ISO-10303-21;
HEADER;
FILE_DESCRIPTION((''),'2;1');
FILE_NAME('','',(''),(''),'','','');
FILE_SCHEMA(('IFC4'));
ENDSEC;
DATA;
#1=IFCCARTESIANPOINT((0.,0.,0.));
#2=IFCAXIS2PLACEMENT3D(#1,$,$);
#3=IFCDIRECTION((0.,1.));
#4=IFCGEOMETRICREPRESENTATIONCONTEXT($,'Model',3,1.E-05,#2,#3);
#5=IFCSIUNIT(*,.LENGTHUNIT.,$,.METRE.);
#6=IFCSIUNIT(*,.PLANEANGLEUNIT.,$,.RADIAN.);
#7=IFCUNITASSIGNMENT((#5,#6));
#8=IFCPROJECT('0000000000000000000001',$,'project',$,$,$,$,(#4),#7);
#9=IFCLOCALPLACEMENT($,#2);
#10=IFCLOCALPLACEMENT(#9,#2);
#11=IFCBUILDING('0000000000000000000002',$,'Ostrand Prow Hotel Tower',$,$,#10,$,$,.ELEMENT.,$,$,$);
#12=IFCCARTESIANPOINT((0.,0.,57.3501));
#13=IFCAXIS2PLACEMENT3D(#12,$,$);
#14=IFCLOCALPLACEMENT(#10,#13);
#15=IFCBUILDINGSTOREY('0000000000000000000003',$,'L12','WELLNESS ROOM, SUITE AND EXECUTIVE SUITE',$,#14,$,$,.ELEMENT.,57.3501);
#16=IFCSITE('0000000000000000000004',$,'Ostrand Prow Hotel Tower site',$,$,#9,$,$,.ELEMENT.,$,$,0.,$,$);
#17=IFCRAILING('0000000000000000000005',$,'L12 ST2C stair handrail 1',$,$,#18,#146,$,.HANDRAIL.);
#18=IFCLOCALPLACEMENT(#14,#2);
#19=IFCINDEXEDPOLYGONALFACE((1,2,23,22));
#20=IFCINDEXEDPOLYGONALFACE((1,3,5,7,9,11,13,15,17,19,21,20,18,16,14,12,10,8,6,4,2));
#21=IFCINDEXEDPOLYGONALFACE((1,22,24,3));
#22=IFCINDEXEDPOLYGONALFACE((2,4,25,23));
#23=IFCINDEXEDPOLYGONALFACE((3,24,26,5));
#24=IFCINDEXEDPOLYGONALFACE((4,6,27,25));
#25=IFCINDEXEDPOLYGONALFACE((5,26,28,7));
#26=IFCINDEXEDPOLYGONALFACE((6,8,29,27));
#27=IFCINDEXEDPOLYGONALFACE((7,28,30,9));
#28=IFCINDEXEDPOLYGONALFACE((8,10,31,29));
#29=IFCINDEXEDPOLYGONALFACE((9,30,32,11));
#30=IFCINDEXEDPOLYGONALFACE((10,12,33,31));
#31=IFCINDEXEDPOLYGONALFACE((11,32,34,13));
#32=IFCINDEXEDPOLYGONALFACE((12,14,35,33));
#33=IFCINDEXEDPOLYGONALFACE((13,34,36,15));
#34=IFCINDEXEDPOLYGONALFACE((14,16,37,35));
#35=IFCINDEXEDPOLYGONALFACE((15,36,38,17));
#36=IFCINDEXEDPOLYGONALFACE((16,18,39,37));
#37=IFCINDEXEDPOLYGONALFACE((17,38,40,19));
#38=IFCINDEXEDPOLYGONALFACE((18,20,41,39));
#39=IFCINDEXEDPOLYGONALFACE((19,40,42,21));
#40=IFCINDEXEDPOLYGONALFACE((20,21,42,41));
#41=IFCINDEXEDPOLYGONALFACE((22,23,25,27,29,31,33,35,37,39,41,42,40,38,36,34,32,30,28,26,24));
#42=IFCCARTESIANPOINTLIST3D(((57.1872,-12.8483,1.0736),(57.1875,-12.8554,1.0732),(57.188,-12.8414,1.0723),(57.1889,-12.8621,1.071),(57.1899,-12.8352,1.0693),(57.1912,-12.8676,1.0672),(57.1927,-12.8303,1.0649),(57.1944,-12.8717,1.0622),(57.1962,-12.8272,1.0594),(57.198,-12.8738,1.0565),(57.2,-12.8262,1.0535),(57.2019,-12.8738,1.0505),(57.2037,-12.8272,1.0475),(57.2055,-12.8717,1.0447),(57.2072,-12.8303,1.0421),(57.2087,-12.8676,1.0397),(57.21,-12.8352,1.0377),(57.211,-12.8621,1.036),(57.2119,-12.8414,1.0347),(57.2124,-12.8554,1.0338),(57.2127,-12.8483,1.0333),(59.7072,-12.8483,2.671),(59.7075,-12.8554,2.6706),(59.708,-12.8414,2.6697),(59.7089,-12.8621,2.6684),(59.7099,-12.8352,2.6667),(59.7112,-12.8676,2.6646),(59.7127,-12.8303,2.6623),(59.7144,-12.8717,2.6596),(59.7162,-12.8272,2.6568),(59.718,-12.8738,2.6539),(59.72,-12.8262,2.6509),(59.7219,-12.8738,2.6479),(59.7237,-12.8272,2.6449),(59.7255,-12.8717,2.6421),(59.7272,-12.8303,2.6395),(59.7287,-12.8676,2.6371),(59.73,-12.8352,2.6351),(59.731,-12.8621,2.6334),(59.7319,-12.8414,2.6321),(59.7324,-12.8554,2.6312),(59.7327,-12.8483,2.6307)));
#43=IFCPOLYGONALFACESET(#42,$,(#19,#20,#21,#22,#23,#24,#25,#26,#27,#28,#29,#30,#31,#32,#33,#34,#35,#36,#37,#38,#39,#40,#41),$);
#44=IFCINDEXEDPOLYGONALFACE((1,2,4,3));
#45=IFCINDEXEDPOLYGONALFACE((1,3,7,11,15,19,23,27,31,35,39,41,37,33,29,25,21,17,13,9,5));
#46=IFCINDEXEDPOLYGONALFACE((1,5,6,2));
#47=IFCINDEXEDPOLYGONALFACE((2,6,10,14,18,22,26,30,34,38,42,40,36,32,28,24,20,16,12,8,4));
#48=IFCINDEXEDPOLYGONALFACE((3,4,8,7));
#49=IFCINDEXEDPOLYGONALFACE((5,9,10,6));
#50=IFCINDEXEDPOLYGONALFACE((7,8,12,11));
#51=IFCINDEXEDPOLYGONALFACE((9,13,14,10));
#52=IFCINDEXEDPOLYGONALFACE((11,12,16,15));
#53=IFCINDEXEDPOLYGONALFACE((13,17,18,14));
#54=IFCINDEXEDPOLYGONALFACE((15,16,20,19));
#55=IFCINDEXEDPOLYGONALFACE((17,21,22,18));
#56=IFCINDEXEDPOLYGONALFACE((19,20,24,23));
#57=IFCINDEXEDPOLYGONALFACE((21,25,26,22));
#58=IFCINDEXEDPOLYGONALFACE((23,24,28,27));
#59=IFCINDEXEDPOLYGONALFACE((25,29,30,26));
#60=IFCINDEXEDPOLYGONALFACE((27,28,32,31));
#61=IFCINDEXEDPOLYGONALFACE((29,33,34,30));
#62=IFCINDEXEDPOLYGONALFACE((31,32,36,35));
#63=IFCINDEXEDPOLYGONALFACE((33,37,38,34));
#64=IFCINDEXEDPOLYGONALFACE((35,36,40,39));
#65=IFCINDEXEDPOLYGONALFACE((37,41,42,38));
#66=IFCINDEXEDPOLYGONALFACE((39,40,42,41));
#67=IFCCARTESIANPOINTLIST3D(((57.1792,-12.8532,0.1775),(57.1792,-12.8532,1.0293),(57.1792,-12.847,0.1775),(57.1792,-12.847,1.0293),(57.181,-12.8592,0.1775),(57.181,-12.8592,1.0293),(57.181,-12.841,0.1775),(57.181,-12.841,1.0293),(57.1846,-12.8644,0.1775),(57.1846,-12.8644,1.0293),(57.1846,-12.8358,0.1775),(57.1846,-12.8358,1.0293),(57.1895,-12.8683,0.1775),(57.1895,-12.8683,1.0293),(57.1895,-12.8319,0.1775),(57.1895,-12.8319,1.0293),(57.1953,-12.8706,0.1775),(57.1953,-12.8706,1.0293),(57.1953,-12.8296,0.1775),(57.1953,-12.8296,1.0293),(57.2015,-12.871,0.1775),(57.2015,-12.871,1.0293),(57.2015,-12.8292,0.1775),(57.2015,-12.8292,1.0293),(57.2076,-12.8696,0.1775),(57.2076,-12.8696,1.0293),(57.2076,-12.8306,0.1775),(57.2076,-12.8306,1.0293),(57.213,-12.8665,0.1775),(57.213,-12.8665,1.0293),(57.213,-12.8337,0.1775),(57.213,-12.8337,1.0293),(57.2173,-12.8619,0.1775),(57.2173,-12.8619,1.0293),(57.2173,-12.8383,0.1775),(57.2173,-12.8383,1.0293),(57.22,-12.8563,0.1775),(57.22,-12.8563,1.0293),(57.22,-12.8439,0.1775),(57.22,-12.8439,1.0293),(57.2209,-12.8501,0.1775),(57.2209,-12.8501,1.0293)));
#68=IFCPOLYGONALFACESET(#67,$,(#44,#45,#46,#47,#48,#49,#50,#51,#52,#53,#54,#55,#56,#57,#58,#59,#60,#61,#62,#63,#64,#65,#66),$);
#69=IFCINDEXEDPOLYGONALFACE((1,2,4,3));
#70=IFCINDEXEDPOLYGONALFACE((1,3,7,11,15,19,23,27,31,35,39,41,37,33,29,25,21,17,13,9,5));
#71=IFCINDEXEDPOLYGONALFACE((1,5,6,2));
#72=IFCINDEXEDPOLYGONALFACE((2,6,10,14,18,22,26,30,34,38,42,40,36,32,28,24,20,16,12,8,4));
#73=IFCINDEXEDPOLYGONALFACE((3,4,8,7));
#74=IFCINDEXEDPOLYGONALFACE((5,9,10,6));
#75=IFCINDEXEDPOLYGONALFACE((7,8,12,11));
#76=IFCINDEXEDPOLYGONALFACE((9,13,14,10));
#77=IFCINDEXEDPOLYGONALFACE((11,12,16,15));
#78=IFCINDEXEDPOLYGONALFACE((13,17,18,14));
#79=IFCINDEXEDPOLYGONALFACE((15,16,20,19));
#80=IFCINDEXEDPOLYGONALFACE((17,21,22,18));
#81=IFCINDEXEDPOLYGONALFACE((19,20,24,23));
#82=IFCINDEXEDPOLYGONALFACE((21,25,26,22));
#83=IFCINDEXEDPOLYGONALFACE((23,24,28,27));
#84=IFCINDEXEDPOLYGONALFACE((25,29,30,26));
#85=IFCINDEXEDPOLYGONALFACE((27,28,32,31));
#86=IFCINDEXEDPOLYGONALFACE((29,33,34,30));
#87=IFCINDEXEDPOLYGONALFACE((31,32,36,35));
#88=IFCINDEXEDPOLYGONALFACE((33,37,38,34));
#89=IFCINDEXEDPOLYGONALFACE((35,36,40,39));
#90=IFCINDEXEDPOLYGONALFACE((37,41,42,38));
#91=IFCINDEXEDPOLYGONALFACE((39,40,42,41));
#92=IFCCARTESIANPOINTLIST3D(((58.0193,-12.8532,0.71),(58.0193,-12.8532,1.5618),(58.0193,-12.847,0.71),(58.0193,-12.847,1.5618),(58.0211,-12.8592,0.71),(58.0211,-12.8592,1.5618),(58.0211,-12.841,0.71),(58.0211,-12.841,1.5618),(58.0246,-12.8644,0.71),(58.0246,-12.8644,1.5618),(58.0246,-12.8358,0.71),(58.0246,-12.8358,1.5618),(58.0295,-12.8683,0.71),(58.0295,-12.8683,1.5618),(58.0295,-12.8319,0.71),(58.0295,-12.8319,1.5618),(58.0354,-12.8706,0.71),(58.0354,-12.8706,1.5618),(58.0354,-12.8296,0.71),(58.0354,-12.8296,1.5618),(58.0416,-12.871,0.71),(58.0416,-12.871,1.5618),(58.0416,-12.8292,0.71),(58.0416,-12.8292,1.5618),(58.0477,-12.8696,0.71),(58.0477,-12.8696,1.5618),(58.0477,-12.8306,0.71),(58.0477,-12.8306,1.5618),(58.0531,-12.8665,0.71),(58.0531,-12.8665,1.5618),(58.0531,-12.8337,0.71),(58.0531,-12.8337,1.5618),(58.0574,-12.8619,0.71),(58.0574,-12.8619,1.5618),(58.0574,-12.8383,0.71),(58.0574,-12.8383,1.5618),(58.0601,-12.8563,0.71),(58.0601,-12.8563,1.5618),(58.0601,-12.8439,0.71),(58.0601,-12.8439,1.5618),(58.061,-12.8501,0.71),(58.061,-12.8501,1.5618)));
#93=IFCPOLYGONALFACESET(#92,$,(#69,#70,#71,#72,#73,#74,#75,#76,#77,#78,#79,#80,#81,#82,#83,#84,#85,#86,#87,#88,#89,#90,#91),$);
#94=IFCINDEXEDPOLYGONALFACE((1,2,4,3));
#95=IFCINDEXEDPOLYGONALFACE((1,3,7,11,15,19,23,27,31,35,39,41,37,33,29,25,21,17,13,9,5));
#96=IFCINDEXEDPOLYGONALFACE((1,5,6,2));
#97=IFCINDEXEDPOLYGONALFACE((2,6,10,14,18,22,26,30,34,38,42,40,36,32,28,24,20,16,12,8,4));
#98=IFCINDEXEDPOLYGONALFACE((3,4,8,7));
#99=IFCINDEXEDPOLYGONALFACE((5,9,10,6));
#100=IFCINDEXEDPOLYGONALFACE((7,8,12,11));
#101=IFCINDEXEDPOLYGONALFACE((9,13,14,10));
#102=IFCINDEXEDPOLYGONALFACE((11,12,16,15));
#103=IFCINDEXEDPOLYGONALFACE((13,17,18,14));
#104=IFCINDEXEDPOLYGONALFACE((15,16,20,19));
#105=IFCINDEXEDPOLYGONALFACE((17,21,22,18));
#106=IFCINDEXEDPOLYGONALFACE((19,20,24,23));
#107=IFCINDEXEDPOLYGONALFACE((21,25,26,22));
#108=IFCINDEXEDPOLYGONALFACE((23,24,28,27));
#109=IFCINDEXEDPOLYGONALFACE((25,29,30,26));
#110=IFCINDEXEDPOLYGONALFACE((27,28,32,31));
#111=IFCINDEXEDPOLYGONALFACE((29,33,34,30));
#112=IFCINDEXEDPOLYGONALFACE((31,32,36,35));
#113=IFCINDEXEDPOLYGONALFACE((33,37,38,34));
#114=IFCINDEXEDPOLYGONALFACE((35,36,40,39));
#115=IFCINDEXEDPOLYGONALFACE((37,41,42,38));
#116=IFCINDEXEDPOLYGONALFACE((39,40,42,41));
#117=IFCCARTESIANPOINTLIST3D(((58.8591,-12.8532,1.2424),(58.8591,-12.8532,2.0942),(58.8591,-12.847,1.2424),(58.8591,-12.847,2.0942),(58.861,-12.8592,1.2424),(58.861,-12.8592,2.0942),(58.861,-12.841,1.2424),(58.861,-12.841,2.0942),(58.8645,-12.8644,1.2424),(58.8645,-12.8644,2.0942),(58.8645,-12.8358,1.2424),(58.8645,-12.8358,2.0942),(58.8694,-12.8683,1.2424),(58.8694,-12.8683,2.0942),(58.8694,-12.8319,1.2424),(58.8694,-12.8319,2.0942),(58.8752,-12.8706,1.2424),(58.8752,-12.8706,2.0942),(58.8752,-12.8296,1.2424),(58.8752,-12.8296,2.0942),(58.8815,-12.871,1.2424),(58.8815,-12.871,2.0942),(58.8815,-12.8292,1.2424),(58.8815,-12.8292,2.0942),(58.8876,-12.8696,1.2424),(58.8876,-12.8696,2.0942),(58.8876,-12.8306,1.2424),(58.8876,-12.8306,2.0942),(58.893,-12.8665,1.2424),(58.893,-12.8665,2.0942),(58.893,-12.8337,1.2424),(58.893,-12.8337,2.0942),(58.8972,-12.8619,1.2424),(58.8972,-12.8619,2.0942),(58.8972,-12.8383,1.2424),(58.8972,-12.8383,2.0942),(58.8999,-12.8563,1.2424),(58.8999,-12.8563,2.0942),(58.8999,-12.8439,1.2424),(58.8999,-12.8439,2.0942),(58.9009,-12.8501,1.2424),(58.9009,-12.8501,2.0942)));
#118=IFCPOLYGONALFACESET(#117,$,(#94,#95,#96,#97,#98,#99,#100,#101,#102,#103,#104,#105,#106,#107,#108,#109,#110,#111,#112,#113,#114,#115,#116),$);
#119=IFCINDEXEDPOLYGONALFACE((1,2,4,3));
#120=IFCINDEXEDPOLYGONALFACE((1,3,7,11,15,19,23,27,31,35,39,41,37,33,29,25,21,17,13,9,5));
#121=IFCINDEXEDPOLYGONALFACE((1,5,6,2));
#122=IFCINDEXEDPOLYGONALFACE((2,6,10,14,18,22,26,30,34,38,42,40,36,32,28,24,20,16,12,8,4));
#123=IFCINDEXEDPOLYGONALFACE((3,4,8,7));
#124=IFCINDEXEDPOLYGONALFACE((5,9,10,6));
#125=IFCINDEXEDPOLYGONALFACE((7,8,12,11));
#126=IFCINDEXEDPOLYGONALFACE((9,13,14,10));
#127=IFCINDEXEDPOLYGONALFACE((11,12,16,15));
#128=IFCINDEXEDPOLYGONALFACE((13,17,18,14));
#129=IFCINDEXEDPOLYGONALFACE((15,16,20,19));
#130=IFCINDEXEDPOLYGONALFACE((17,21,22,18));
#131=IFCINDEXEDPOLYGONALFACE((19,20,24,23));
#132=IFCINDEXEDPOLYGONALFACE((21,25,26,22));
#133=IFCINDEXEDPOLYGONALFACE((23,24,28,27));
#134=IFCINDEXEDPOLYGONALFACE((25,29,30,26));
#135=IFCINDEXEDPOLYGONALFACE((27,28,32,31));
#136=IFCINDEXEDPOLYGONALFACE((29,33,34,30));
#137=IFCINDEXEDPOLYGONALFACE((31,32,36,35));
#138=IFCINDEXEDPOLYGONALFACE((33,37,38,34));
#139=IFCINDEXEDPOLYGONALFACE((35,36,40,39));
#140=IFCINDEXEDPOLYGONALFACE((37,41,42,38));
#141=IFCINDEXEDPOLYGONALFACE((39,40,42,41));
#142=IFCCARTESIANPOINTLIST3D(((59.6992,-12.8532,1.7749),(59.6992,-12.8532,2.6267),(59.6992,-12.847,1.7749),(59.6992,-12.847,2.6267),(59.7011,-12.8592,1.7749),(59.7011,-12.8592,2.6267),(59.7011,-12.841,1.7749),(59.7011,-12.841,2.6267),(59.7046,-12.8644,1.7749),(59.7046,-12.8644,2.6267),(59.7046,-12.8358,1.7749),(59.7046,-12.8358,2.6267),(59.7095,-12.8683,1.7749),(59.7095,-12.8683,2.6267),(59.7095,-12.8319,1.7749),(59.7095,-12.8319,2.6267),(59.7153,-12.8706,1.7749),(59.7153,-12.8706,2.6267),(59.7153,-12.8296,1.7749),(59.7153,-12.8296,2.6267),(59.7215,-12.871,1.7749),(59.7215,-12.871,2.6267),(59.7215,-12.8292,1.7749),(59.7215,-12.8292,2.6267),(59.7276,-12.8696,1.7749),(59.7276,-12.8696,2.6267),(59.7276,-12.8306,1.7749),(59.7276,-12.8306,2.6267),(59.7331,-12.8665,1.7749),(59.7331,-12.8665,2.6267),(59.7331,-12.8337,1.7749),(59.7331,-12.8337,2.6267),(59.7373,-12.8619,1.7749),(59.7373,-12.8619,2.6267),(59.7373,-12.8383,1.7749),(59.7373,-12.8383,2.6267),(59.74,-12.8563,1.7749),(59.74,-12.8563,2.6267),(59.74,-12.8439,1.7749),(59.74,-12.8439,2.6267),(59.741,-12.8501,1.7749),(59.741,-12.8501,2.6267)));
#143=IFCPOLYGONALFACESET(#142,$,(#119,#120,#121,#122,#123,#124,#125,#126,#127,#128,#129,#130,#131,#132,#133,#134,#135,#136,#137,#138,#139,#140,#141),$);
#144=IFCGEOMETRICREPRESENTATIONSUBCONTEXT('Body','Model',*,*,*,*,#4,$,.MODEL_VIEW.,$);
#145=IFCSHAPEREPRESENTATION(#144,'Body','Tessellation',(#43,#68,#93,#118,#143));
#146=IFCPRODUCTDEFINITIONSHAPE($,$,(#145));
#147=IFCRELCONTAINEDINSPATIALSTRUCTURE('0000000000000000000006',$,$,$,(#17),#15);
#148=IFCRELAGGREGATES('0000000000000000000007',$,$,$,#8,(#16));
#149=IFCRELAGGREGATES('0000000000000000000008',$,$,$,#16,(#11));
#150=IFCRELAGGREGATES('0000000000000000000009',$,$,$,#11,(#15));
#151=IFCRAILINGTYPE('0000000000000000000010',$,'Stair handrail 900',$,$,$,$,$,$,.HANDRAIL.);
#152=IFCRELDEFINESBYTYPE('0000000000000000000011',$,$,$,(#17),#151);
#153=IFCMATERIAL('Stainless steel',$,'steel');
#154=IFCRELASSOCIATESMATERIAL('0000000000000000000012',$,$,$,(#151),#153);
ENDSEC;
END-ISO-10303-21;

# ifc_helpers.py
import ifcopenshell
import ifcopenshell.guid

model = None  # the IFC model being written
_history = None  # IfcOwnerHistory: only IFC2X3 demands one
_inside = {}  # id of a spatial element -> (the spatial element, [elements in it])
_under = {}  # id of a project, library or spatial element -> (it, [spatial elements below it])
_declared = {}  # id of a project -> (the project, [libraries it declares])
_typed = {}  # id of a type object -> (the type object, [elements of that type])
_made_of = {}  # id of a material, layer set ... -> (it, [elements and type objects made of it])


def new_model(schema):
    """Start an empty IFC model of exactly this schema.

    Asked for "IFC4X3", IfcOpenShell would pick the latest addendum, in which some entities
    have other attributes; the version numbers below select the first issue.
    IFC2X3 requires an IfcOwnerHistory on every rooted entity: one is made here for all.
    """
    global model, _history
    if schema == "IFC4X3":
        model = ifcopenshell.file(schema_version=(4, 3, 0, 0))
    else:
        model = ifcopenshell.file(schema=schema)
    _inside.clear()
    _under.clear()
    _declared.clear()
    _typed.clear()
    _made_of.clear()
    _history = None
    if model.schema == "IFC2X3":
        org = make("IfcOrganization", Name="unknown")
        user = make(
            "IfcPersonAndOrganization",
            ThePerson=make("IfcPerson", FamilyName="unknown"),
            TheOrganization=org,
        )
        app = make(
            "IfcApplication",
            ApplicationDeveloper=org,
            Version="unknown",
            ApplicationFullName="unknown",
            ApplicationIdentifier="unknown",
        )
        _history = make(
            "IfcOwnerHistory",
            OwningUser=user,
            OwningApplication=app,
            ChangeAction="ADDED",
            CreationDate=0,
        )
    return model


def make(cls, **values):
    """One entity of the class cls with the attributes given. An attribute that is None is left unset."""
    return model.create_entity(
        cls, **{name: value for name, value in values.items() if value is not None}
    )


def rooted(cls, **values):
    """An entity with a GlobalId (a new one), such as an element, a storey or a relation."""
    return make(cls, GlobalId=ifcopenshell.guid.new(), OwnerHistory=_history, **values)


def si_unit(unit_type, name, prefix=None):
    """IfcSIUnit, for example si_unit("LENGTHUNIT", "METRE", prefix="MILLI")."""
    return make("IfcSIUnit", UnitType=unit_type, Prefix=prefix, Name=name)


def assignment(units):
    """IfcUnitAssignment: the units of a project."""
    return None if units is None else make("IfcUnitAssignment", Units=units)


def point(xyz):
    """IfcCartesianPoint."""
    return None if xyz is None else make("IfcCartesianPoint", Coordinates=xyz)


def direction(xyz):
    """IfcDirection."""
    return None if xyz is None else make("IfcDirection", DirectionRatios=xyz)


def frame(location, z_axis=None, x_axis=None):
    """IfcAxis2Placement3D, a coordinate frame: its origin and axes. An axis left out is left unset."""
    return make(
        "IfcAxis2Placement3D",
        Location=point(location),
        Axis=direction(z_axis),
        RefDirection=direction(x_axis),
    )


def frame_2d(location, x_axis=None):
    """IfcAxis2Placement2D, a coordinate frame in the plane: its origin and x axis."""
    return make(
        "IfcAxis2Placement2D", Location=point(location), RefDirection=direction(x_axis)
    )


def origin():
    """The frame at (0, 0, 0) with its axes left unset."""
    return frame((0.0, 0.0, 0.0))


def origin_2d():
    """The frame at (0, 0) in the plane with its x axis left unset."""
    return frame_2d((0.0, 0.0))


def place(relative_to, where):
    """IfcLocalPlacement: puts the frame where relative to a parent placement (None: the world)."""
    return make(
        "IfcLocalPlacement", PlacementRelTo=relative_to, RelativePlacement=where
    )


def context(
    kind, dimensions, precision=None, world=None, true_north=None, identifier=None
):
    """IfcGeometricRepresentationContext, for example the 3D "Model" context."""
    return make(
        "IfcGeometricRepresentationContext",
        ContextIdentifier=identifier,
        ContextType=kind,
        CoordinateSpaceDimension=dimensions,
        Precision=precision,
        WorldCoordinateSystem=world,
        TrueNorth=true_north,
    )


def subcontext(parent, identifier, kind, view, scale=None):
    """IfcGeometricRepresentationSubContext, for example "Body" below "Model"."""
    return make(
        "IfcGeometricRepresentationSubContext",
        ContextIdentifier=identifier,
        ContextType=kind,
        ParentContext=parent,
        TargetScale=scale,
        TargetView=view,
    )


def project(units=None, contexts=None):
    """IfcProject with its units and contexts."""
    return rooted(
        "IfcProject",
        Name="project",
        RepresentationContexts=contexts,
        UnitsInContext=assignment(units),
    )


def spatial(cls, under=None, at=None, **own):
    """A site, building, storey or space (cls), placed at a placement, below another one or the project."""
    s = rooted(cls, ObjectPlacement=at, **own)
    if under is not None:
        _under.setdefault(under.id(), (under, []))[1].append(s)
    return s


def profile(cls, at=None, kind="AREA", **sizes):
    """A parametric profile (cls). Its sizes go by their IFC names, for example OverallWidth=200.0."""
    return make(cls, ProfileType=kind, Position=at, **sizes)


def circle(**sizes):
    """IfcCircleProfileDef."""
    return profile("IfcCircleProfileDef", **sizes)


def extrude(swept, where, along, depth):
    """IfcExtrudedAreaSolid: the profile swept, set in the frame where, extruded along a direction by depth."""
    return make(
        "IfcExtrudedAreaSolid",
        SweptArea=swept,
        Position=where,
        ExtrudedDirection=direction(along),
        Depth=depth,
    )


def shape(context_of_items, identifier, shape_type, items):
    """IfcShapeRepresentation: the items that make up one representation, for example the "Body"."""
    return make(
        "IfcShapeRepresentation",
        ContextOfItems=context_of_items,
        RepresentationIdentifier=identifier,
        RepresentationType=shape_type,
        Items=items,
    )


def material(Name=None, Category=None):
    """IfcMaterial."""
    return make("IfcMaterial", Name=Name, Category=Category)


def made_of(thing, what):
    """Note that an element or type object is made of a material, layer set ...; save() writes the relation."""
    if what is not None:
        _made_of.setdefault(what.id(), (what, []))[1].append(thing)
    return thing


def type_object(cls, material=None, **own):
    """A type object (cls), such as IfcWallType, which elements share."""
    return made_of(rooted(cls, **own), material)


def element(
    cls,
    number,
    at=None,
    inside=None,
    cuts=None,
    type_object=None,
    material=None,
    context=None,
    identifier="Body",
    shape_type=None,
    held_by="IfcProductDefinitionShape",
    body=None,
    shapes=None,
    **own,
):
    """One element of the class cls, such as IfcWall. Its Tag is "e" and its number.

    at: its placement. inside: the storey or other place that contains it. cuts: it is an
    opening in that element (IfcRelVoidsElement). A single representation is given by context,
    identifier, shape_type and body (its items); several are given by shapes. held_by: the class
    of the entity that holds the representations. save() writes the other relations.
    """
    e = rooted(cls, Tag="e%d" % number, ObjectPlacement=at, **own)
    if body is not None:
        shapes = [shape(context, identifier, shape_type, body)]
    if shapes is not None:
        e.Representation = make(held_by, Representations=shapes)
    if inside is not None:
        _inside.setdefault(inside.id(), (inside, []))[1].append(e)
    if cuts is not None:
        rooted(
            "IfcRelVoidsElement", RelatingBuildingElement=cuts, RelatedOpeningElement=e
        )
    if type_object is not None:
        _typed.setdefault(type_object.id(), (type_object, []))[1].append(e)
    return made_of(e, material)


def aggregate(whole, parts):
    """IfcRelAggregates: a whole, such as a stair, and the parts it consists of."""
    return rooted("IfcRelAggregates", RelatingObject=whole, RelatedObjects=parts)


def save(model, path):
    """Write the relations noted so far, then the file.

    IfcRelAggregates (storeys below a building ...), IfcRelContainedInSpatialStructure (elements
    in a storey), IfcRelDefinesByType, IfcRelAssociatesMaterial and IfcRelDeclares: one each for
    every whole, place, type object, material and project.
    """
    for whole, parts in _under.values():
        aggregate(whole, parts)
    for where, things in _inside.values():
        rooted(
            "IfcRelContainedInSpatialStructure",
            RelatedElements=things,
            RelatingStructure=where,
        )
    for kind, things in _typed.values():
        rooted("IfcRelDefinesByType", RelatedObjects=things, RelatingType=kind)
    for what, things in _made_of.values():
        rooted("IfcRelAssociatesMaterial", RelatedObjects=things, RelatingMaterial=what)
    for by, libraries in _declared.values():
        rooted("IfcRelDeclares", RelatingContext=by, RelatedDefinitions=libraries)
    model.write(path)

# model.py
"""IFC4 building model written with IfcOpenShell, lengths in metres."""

from ifc_helpers import new_model, si_unit, direction, frame, origin, origin_2d, place, context, subcontext, project, spatial, circle, extrude, material, type_object, element, save


model = new_model("IFC4")

# Units and contexts
model_context = context("Model", 3, precision=1e-05, world=origin(), true_north=direction((0.0, 1.0)))
body_context = subcontext(model_context, "Body", "Model", "MODEL_VIEW")
ifc_project = project(units=[si_unit("LENGTHUNIT", "METRE"), si_unit("PLANEANGLEUNIT", "RADIAN")], contexts=[model_context])

# Site, building, storey
site_placement = place(None, origin())
site = spatial("IfcSite", under=ifc_project, at=site_placement, Name="Ostrand Prow Hotel Tower site", CompositionType="ELEMENT", RefElevation=0.0)
building_placement = place(site_placement, origin())
building = spatial("IfcBuilding", under=site, at=building_placement, Name="Ostrand Prow Hotel Tower", CompositionType="ELEMENT")
storey_placement = place(building_placement, frame((0.0, 0.0, 57.3501)))
storey = spatial("IfcBuildingStorey", under=building, at=storey_placement, Name="L12", Description="WELLNESS ROOM, SUITE AND EXECUTIVE SUITE", CompositionType="ELEMENT", Elevation=57.3501)

# Railing
ifc_material_1 = material(Name="Stainless steel", Category="steel")
railing_type_1 = type_object("IfcRailingType", Name="Stair handrail 900", PredefinedType="HANDRAIL", material=ifc_material_1)
railing_1_placement = place(storey_placement, frame((57.2, -12.8501, 0.1775)))
element("IfcRailing", 1, at=railing_1_placement, inside=storey, type_object=railing_type_1, Name="L12 ST2C stair handrail 1", PredefinedType="HANDRAIL", context=body_context, shape_type="SweptSolid", body=[
    extrude(circle(Radius=0.0239, at=origin_2d()), frame((0.0, 0.0, 0.876), z_axis=(0.844607, 0.0, 0.535387), x_axis=(0.0, 1.0, 0.0)), (0.0, 0.0, 1.0), 2.9836),
    extrude(circle(Radius=0.021, at=origin_2d()), origin(), (0.0, 0.0, 1.0), 0.8518),
    extrude(circle(Radius=0.021, at=origin_2d()), frame((0.8401, 0.0, 0.5325)), (0.0, 0.0, 1.0), 0.8518),
    extrude(circle(Radius=0.021, at=origin_2d()), frame((1.6799, 0.0, 1.0649)), (0.0, 0.0, 1.0), 0.8518),
    extrude(circle(Radius=0.021, at=origin_2d()), frame((2.52, 0.0, 1.5974)), (0.0, 0.0, 1.0), 0.8518),
])

save(model, "model.ifc")
